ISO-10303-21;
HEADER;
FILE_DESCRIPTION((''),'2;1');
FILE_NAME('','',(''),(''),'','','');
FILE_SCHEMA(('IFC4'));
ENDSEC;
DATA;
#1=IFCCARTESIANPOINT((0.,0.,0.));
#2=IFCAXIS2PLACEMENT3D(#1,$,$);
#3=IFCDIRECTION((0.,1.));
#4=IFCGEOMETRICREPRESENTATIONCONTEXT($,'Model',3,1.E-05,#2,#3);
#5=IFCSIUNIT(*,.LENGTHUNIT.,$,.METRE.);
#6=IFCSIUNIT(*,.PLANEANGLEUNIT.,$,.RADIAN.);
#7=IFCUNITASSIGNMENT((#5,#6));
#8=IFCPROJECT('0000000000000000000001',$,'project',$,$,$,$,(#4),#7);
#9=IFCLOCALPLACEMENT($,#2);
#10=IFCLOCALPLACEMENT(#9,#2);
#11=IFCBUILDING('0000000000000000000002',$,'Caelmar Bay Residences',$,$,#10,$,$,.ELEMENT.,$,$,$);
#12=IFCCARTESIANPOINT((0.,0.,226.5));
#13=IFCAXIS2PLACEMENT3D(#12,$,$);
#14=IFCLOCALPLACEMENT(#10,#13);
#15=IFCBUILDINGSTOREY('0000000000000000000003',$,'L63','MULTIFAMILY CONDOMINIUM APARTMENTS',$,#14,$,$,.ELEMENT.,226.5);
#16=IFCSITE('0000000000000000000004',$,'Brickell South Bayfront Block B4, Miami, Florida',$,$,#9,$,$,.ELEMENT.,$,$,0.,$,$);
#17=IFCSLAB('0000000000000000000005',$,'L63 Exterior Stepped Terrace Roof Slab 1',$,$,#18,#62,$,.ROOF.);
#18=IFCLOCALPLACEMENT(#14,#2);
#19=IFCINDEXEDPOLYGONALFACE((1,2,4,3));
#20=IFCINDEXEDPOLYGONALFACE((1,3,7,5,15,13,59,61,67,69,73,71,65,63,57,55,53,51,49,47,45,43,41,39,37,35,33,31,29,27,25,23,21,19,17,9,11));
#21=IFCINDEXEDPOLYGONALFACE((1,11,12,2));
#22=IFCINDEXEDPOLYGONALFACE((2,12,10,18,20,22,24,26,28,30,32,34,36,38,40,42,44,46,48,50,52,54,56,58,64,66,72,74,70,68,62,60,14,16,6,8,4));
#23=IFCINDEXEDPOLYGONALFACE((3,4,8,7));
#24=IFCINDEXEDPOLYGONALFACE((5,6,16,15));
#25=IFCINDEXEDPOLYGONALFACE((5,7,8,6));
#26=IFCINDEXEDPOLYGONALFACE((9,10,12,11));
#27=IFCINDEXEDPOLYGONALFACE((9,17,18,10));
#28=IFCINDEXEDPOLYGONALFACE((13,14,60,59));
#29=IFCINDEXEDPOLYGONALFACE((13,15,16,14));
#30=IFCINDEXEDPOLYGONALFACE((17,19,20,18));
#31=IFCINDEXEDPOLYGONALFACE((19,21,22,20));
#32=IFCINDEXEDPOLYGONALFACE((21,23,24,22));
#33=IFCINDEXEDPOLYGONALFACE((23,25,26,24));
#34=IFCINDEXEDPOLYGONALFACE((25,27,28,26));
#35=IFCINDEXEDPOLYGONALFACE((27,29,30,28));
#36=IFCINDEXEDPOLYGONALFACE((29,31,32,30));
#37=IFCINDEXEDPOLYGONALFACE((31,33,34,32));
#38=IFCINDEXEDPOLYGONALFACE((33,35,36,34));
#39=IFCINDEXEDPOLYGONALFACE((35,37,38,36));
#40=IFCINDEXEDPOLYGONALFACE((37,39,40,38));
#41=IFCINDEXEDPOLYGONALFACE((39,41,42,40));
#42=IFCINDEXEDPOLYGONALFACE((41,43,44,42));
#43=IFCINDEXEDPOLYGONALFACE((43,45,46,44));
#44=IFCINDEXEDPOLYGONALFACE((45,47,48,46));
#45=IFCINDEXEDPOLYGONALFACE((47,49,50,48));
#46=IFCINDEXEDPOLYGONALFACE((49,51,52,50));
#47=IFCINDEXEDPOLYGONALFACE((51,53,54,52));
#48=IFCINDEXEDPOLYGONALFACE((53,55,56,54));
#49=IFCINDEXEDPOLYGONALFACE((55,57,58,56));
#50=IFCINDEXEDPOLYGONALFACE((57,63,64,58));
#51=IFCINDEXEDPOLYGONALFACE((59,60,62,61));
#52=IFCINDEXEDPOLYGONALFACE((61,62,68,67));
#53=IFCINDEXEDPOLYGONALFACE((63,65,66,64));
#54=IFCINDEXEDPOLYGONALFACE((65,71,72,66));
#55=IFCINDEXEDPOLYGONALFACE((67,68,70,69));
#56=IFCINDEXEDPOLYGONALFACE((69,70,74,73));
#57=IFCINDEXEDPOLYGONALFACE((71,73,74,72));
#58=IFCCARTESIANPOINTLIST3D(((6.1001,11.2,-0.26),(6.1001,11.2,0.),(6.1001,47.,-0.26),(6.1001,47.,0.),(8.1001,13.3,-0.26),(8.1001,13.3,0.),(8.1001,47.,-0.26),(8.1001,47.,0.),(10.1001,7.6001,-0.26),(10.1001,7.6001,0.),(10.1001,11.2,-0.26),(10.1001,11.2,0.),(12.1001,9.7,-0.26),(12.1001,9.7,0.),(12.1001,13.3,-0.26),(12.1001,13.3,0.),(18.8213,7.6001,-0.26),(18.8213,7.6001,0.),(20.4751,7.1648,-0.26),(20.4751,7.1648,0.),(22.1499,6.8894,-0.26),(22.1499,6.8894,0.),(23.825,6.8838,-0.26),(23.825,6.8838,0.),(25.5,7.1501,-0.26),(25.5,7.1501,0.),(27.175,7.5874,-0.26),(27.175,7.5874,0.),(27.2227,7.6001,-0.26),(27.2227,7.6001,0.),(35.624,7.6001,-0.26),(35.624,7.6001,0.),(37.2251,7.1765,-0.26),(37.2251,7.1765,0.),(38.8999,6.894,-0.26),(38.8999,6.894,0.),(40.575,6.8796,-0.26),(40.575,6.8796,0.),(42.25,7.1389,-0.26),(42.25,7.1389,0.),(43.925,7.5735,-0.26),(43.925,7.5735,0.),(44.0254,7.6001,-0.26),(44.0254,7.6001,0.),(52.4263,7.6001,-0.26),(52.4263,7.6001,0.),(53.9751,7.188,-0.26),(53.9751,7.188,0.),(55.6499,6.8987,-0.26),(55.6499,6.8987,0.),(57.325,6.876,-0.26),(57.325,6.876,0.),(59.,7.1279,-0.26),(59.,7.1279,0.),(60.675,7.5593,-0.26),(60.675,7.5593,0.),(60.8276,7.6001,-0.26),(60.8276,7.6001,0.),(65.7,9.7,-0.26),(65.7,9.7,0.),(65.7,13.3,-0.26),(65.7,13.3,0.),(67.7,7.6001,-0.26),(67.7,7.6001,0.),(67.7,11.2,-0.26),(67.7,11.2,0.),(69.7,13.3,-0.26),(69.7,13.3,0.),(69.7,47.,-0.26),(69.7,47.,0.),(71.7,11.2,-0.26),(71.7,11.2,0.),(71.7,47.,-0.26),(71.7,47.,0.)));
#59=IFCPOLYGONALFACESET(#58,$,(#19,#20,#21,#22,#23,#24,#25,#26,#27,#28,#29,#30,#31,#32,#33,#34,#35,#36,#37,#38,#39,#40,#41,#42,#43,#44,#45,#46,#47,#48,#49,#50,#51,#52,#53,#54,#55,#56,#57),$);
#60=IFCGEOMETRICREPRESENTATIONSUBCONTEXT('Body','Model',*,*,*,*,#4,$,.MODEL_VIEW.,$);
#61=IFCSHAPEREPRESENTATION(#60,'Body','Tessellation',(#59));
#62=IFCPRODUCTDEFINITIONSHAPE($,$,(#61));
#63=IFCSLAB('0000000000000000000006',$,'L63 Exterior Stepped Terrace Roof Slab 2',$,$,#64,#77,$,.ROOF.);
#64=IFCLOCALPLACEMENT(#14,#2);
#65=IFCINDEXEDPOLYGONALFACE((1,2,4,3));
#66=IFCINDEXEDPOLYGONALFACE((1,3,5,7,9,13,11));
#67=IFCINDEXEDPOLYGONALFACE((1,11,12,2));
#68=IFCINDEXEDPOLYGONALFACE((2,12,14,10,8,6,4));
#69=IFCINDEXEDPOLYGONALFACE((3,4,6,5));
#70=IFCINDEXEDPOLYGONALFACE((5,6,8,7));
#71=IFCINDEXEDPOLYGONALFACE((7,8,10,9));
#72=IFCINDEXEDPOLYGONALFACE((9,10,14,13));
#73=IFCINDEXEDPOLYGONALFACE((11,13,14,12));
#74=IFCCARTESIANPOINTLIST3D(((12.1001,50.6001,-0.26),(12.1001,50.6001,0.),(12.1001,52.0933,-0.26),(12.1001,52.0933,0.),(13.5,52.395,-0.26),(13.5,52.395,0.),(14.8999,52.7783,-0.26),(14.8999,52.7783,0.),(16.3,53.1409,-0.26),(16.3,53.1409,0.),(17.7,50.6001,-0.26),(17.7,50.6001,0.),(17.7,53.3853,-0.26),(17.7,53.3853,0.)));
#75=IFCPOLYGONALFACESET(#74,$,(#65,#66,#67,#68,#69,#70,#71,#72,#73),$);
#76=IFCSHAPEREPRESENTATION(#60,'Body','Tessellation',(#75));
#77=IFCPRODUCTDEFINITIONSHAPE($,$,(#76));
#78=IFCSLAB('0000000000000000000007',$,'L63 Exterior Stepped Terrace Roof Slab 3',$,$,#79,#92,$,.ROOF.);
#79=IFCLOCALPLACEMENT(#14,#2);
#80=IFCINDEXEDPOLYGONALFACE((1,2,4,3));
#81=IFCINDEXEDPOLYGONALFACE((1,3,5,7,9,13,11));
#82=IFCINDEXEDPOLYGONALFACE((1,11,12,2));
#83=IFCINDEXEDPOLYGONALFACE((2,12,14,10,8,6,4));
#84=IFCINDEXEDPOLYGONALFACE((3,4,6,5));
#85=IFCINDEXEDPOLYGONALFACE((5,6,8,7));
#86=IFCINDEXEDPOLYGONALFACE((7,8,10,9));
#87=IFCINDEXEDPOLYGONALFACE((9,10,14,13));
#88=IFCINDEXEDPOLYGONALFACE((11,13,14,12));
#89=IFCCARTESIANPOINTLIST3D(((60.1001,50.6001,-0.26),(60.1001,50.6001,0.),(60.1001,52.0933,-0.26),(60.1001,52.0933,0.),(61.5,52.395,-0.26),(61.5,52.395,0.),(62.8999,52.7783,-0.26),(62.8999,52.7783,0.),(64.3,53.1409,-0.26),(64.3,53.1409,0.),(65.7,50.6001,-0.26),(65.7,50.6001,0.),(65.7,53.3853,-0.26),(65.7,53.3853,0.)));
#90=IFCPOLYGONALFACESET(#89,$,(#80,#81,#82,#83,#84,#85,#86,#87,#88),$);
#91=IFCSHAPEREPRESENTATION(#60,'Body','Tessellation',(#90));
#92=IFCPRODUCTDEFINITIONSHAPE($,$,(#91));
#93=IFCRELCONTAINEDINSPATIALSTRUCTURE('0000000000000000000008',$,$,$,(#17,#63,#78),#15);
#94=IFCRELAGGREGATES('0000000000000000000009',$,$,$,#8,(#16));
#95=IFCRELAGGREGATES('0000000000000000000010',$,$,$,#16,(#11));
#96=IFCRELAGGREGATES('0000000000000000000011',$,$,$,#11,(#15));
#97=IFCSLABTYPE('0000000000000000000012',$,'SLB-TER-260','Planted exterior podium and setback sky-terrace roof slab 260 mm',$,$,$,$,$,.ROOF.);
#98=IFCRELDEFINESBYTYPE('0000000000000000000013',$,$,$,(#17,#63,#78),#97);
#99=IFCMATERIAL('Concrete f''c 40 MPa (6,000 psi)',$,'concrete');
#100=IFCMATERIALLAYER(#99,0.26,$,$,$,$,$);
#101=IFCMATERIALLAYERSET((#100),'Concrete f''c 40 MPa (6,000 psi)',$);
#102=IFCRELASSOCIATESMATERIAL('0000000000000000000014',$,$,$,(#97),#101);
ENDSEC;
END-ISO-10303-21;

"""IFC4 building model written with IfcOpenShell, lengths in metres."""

from ifc_helpers import new_model, si_unit, direction, frame, origin, place, context, subcontext, project, spatial, polyline, outline, extrude, material, layer, layer_set, type_object, element, save


model = new_model("IFC4")

# Units and contexts
model_context = context("Model", 3, precision=1e-05, world=origin(), true_north=direction((0.0, 1.0)))
body_context = subcontext(model_context, "Body", "Model", "MODEL_VIEW")
ifc_project = project(units=[si_unit("LENGTHUNIT", "METRE"), si_unit("PLANEANGLEUNIT", "RADIAN")], contexts=[model_context])

# Site, building, storey
site_placement = place(None, origin())
site = spatial("IfcSite", under=ifc_project, at=site_placement, Name="Brickell South Bayfront Block B4, Miami, Florida", CompositionType="ELEMENT", RefElevation=0.0)
building_placement = place(site_placement, origin())
building = spatial("IfcBuilding", under=site, at=building_placement, Name="Caelmar Bay Residences", CompositionType="ELEMENT")
storey_placement = place(building_placement, frame((0.0, 0.0, 226.5)))
storey = spatial("IfcBuildingStorey", under=building, at=storey_placement, Name="L63", Description="MULTIFAMILY CONDOMINIUM APARTMENTS", CompositionType="ELEMENT", Elevation=226.5)

# Shared definitions
ifc_material_1 = material(Name="Concrete f'c 40 MPa (6,000 psi)", Category="concrete")

# Slabs
ifc_layer_1 = layer(ifc_material_1, 0.26)
ifc_layer_set_1 = layer_set([ifc_layer_1], Name="Concrete f'c 40 MPa (6,000 psi)")
slab_type_1 = type_object("IfcSlabType", Name="SLB-TER-260", Description="Planted exterior podium and setback sky-terrace roof slab 260 mm", PredefinedType="ROOF", material=ifc_layer_set_1)
slab_1_placement = place(storey_placement, frame((0.0, 0.0, -0.26)))
element("IfcSlab", 1, at=slab_1_placement, inside=storey, type_object=slab_type_1, Name="L63 Exterior Stepped Terrace Roof Slab 1", PredefinedType="ROOF", context=body_context, shape_type="SweptSolid", body=[
    extrude(outline(polyline([(25.5, 7.1501), (27.175, 7.5874), (27.2227, 7.6001), (35.624, 7.6001), (37.2251, 7.1765), (38.8999, 6.894), (40.575, 6.8796), (42.25, 7.1389), (43.925, 7.5735), (44.0254, 7.6001), (52.4263, 7.6001), (53.9751, 7.188), (55.6499, 6.8987), (57.325, 6.876), (59.0, 7.1279), (60.675, 7.5593), (60.8276, 7.6001), (67.7, 7.6001), (67.7, 11.2), (71.7, 11.2), (71.7, 47.0), (69.7, 47.0), (69.7, 13.3), (65.7, 13.3), (65.7, 9.7), (12.1001, 9.7), (12.1001, 13.3), (8.1001, 13.3), (8.1001, 47.0), (6.1001, 47.0), (6.1001, 11.2), (10.1001, 11.2), (10.1001, 7.6001), (18.8213, 7.6001), (20.4751, 7.1648), (22.1499, 6.8894), (23.825, 6.8838), (25.5, 7.1501)])), origin(), (0.0, 0.0, 1.0), 0.26),
])
slab_2_placement = place(storey_placement, frame((0.0, 0.0, -0.26)))
element("IfcSlab", 2, at=slab_2_placement, inside=storey, type_object=slab_type_1, Name="L63 Exterior Stepped Terrace Roof Slab 2", PredefinedType="ROOF", context=body_context, shape_type="SweptSolid", body=[
    extrude(outline(polyline([(12.1001, 50.6001), (17.7, 50.6001), (17.7, 53.3853), (16.3, 53.1409), (14.8999, 52.7783), (13.5, 52.395), (12.1001, 52.0933), (12.1001, 50.6001)])), origin(), (0.0, 0.0, 1.0), 0.26),
])
slab_3_placement = place(storey_placement, frame((0.0, 0.0, -0.26)))
element("IfcSlab", 3, at=slab_3_placement, inside=storey, type_object=slab_type_1, Name="L63 Exterior Stepped Terrace Roof Slab 3", PredefinedType="ROOF", context=body_context, shape_type="SweptSolid", body=[
    extrude(outline(polyline([(60.1001, 50.6001), (65.7, 50.6001), (65.7, 53.3853), (64.3, 53.1409), (62.8999, 52.7783), (61.5, 52.395), (60.1001, 52.0933), (60.1001, 50.6001)])), origin(), (0.0, 0.0, 1.0), 0.26),
])

save(model, "model.ifc")
